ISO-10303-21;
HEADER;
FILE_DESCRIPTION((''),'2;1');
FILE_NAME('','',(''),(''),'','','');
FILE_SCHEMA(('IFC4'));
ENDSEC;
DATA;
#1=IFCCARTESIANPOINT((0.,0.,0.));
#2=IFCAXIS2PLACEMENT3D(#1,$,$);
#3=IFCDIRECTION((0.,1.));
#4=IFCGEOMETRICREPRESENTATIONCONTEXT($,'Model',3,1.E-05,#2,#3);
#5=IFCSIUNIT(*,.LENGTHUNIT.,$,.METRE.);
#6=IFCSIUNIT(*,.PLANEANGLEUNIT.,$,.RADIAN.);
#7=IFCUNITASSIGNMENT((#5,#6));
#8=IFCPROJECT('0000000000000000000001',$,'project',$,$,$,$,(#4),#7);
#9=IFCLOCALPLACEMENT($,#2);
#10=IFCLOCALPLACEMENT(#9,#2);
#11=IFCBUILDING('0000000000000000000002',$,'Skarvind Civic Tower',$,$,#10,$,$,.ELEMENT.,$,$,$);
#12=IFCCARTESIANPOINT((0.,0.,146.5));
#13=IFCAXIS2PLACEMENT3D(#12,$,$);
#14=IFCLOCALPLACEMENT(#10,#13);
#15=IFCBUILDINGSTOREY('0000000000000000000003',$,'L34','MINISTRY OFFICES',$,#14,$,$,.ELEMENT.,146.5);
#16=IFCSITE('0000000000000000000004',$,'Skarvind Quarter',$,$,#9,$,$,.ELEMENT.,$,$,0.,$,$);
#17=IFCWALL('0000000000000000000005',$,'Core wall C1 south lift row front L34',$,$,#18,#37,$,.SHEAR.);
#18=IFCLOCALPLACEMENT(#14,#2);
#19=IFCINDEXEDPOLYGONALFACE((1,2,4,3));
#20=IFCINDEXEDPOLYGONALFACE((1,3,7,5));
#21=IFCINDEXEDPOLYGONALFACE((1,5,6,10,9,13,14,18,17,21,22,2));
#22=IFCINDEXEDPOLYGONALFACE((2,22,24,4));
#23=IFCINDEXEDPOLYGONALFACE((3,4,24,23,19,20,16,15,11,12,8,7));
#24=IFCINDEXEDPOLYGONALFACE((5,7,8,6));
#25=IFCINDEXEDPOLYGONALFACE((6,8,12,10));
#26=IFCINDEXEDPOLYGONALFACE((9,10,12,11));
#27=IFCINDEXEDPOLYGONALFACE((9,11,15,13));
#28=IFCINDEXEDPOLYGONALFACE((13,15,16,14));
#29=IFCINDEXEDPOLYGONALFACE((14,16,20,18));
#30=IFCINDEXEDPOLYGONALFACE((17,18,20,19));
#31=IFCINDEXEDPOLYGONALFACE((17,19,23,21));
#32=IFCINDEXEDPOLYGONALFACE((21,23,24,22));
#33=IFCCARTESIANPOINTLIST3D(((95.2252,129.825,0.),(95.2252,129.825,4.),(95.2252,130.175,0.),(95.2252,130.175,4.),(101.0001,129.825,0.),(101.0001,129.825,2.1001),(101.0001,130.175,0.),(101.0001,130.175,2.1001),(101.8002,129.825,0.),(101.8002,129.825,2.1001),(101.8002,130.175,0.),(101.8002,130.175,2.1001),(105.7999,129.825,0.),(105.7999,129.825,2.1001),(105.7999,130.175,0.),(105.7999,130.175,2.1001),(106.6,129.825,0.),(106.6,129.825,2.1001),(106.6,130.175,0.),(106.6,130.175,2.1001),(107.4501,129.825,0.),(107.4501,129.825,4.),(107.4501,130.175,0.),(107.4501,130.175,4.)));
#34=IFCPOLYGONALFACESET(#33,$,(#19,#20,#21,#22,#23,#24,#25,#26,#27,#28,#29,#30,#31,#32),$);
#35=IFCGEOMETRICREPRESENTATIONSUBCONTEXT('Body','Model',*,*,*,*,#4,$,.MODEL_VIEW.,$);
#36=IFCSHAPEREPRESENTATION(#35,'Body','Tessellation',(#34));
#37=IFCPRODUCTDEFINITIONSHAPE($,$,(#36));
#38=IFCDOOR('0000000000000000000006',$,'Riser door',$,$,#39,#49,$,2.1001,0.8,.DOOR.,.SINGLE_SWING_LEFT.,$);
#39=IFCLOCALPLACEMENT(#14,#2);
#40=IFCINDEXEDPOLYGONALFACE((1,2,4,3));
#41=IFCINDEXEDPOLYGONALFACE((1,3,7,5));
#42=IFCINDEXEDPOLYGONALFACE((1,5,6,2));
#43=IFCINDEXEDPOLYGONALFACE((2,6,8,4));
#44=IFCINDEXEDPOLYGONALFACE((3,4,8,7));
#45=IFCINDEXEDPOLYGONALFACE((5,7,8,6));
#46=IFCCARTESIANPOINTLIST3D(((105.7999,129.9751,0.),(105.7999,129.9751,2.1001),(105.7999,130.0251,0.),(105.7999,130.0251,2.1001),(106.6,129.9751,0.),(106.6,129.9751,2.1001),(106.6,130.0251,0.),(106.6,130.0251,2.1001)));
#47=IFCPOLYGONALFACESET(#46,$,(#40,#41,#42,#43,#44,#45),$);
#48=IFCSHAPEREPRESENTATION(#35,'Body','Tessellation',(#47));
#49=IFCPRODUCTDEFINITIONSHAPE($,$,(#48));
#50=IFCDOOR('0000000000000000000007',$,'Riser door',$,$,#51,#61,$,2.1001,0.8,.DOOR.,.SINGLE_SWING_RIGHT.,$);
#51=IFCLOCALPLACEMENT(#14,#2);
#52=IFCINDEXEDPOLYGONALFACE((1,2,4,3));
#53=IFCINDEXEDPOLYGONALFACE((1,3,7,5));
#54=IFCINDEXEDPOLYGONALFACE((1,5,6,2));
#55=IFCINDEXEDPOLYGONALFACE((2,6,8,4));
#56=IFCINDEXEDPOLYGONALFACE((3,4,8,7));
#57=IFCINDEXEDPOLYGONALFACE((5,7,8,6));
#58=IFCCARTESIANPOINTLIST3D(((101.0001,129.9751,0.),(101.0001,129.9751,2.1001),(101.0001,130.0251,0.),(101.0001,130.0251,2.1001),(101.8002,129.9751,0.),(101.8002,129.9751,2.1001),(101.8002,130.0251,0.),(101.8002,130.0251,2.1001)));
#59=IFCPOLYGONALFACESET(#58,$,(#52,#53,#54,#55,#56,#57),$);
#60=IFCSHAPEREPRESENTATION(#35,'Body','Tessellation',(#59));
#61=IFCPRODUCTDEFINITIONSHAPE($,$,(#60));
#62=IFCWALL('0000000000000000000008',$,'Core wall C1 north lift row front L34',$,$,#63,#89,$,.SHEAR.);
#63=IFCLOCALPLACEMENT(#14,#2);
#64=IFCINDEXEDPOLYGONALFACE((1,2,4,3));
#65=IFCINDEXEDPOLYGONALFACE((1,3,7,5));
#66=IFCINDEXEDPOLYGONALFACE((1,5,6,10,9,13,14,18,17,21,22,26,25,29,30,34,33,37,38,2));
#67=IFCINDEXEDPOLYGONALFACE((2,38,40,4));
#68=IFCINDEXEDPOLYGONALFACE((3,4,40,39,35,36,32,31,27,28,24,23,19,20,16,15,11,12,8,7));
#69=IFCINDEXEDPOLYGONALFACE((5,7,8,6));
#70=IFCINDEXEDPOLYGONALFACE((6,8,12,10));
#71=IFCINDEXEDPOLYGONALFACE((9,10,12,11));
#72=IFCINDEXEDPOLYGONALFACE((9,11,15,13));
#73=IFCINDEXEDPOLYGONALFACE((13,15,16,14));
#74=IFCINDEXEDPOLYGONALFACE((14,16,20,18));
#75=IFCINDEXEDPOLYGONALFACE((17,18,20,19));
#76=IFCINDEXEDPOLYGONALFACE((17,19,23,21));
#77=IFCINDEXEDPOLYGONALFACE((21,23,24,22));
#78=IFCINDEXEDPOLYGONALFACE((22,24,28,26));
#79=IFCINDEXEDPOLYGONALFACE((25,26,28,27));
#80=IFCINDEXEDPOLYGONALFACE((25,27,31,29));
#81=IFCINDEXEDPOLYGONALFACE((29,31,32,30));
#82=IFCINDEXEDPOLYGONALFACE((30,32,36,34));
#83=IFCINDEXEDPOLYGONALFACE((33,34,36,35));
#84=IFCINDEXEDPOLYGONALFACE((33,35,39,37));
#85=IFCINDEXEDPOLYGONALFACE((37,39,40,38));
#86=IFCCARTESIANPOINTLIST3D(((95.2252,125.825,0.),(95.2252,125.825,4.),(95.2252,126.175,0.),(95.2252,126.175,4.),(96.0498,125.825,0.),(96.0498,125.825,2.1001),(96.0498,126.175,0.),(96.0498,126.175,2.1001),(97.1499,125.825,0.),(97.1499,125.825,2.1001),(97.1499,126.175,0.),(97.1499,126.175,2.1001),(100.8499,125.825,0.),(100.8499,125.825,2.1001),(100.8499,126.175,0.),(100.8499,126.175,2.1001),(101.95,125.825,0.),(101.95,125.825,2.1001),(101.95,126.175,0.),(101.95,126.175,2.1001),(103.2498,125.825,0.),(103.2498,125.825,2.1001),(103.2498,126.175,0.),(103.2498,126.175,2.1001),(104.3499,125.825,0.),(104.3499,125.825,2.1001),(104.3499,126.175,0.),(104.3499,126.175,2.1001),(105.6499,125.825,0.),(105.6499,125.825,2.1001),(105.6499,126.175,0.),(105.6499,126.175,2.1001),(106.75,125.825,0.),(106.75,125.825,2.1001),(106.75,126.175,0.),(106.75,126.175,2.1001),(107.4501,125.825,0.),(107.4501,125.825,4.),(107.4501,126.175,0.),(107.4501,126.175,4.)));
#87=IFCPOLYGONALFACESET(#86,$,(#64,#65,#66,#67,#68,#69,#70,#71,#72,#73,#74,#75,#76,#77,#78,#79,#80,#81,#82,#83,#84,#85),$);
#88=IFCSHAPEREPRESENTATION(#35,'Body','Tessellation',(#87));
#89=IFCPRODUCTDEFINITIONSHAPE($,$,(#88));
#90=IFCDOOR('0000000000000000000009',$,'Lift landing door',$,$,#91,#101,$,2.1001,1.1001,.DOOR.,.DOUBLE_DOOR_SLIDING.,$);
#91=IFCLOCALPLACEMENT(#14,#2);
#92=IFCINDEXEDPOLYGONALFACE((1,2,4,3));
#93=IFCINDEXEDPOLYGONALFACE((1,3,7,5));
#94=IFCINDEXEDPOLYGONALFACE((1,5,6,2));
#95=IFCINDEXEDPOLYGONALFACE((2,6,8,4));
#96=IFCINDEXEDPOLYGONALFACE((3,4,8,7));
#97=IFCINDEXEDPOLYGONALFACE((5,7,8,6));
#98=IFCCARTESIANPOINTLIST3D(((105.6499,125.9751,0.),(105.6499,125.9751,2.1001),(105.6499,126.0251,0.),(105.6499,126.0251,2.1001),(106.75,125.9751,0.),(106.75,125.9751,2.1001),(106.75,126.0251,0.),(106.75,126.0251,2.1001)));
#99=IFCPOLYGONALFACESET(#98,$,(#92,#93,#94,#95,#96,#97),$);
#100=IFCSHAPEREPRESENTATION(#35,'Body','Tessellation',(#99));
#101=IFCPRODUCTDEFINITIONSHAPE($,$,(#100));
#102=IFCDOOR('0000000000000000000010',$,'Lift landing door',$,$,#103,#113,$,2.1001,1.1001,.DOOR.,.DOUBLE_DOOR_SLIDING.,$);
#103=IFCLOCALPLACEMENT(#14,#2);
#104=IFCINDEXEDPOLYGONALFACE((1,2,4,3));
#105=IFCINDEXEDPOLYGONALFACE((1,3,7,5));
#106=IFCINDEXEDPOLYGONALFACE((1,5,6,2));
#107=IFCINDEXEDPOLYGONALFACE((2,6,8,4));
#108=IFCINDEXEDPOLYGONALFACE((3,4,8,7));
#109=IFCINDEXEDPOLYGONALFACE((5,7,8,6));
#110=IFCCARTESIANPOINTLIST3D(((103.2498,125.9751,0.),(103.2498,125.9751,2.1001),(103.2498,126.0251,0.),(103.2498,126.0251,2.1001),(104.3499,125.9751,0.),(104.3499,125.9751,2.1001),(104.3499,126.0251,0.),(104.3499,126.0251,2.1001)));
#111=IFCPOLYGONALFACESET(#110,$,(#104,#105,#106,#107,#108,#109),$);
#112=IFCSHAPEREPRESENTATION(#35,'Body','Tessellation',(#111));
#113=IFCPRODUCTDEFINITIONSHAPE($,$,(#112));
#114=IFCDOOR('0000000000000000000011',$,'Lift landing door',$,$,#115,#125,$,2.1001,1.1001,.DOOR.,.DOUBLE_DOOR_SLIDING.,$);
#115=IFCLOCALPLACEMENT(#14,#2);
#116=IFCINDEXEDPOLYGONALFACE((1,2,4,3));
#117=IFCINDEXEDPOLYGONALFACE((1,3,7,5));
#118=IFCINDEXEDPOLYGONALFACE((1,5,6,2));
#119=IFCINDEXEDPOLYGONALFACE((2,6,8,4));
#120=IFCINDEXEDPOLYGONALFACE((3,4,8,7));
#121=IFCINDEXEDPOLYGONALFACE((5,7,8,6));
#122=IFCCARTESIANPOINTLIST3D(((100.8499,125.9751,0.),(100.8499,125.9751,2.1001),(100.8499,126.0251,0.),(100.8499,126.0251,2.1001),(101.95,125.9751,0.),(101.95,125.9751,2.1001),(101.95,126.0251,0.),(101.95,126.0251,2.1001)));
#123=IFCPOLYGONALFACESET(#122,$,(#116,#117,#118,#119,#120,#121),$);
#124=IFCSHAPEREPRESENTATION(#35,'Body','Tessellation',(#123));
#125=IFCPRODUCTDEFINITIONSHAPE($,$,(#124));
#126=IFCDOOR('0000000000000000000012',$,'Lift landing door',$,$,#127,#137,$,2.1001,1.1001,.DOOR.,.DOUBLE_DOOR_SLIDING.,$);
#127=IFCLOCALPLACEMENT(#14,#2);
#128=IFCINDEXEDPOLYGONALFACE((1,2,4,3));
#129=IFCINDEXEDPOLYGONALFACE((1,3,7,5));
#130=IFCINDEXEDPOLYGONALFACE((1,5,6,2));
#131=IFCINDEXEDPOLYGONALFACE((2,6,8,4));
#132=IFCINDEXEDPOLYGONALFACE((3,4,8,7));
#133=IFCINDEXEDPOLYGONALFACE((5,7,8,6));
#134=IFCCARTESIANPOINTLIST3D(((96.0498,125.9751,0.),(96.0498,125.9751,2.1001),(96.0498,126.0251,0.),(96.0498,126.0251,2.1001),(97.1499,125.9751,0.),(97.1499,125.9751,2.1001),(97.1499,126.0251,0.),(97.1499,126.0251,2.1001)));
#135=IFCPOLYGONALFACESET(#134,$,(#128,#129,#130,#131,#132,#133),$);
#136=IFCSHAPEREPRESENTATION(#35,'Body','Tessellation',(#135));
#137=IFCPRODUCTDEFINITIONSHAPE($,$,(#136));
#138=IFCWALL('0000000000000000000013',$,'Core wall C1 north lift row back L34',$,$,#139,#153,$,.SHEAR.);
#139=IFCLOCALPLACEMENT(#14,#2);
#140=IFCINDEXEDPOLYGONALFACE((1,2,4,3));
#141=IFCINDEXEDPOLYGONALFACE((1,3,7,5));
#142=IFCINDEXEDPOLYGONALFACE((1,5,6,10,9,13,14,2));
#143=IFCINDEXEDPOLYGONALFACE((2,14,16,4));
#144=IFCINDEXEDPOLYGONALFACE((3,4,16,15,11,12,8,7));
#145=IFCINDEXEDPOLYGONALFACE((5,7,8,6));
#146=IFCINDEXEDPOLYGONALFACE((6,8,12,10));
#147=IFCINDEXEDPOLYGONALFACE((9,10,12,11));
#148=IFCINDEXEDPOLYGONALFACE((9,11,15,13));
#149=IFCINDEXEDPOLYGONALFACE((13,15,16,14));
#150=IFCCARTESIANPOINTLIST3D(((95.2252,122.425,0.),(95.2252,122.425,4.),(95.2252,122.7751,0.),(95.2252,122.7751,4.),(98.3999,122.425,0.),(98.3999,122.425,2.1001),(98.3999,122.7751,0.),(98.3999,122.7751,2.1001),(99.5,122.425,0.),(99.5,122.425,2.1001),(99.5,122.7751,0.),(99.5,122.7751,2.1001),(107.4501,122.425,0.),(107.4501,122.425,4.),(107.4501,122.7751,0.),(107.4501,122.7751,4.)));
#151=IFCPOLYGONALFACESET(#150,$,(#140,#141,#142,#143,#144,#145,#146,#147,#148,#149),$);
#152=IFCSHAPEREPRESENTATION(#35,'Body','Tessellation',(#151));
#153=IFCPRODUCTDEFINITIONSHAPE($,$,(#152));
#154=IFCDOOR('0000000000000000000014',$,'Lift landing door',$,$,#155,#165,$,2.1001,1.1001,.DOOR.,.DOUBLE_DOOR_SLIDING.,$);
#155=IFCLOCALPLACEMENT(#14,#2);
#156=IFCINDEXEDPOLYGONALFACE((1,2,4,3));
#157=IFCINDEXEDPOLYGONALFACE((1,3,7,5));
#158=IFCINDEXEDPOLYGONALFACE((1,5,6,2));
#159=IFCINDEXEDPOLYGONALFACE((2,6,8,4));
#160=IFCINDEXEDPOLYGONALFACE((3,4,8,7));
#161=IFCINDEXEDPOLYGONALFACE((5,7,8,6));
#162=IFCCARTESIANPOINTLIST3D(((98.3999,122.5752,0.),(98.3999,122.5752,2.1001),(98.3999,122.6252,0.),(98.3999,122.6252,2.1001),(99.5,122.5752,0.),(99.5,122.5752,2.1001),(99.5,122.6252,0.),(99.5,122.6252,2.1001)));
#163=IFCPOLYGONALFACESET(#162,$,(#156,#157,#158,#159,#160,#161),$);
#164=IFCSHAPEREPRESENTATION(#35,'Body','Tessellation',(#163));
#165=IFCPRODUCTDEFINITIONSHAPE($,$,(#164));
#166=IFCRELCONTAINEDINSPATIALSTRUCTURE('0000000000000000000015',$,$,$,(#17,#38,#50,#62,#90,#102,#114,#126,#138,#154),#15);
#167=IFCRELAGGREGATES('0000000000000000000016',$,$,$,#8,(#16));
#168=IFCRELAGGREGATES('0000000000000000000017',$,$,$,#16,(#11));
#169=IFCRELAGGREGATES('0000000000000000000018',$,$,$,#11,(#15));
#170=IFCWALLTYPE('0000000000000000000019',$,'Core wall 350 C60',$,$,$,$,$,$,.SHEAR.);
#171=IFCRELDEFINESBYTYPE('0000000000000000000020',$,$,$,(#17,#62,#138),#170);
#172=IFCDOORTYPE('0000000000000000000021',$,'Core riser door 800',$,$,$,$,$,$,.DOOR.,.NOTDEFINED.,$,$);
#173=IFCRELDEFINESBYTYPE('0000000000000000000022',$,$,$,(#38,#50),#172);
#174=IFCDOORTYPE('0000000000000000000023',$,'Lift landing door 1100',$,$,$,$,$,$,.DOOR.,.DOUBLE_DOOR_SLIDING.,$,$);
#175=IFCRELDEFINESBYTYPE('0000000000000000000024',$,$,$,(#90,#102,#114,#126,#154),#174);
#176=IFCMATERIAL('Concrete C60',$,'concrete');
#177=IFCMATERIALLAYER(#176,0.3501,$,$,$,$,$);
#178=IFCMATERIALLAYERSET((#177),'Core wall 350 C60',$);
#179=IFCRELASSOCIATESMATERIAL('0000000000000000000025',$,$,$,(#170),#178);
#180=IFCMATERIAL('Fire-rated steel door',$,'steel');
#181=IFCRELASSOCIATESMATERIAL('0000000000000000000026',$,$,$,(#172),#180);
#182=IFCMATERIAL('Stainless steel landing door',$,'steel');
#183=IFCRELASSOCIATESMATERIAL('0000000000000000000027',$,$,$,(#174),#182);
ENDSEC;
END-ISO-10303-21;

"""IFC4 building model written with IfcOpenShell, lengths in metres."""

from ifc_helpers import new_model, si_unit, direction, frame, frame_2d, origin, place, context, subcontext, project, spatial, rectangle, extrude, material, layer, layer_set, type_object, element, fill, save


model = new_model("IFC4")

# Units and contexts
model_context = context("Model", 3, precision=1e-05, world=origin(), true_north=direction((0.0, 1.0)))
body_context = subcontext(model_context, "Body", "Model", "MODEL_VIEW")
ifc_project = project(units=[si_unit("LENGTHUNIT", "METRE"), si_unit("PLANEANGLEUNIT", "RADIAN")], contexts=[model_context])

# Site, building, storey
site_placement = place(None, origin())
site = spatial("IfcSite", under=ifc_project, at=site_placement, Name="Skarvind Quarter", CompositionType="ELEMENT", RefElevation=0.0)
building_placement = place(site_placement, origin())
building = spatial("IfcBuilding", under=site, at=building_placement, Name="Skarvind Civic Tower", CompositionType="ELEMENT")
storey_placement = place(building_placement, frame((0.0, 0.0, 146.5)))
storey = spatial("IfcBuildingStorey", under=building, at=storey_placement, Name="L34", Description="MINISTRY OFFICES", CompositionType="ELEMENT", Elevation=146.5)

# Walls, openings, doors
ifc_material_1 = material(Name="Concrete C60", Category="concrete")
ifc_layer_1 = layer(ifc_material_1, 0.3501)
ifc_layer_set_1 = layer_set([ifc_layer_1], Name="Core wall 350 C60")
wall_type_1 = type_object("IfcWallType", Name="Core wall 350 C60", PredefinedType="SHEAR", material=ifc_layer_set_1)
wall_1_placement = place(storey_placement, frame((107.45, 130.0, 0.0), z_axis=(0.0, 0.0, 1.0), x_axis=(-1.0, 0.0, 0.0)))
wall_1 = element("IfcWall", 1, at=wall_1_placement, inside=storey, type_object=wall_type_1, Name="Core wall C1 south lift row front L34", PredefinedType="SHEAR", context=body_context, shape_type="SweptSolid", body=[
    extrude(rectangle(XDim=12.2249, YDim=0.3501, at=frame_2d((6.1123, 0.0))), origin(), (0.0, 0.0, 1.0), 4.0),
])
opening_1_placement = place(wall_1_placement, frame((0.8501, 0.0, 0.0)))
opening_1 = element("IfcOpeningElement", 2, at=opening_1_placement, cuts=wall_1, PredefinedType="OPENING", context=body_context, shape_type="SweptSolid", body=[
    extrude(rectangle(XDim=0.8, YDim=2.1001, at=frame_2d((0.3999, 1.05))), frame((0.0, 0.1851, 0.0), z_axis=(0.0, -1.0, 0.0), x_axis=(1.0, 0.0, 0.0)), (0.0, 0.0, 1.0), 0.3701),
])
opening_2_placement = place(wall_1_placement, frame((5.6499, 0.0, 0.0)))
opening_2 = element("IfcOpeningElement", 3, at=opening_2_placement, cuts=wall_1, PredefinedType="OPENING", context=body_context, shape_type="SweptSolid", body=[
    extrude(rectangle(XDim=0.8, YDim=2.1001, at=frame_2d((0.3999, 1.05))), frame((0.0, 0.1851, 0.0), z_axis=(0.0, -1.0, 0.0), x_axis=(1.0, 0.0, 0.0)), (0.0, 0.0, 1.0), 0.3701),
])
ifc_material_2 = material(Name="Fire-rated steel door", Category="steel")
door_type_1 = type_object("IfcDoorType", Name="Core riser door 800", OperationType="NOTDEFINED", PredefinedType="DOOR", material=ifc_material_2)
door_1_placement = place(opening_1_placement, origin())
door_1 = element("IfcDoor", 4, at=door_1_placement, inside=storey, type_object=door_type_1, Name="Riser door", OperationType="SINGLE_SWING_LEFT", OverallHeight=2.1001, OverallWidth=0.8, PredefinedType="DOOR", context=body_context, shape_type="SweptSolid", body=[
    extrude(rectangle(XDim=0.8, YDim=2.1001, at=frame_2d((0.3999, 1.05))), frame((0.0, 0.0249, 0.0), z_axis=(0.0, -1.0, 0.0), x_axis=(1.0, 0.0, 0.0)), (0.0, 0.0, 1.0), 0.05),
])
fill(opening_1, door_1)
door_2_placement = place(opening_2_placement, origin())
door_2 = element("IfcDoor", 5, at=door_2_placement, inside=storey, type_object=door_type_1, Name="Riser door", OperationType="SINGLE_SWING_RIGHT", OverallHeight=2.1001, OverallWidth=0.8, PredefinedType="DOOR", context=body_context, shape_type="SweptSolid", body=[
    extrude(rectangle(XDim=0.8, YDim=2.1001, at=frame_2d((0.3999, 1.05))), frame((0.0, 0.0249, 0.0), z_axis=(0.0, -1.0, 0.0), x_axis=(1.0, 0.0, 0.0)), (0.0, 0.0, 1.0), 0.05),
])
fill(opening_2, door_2)
wall_2_placement = place(storey_placement, frame((107.45, 126.0, 0.0), z_axis=(0.0, 0.0, 1.0), x_axis=(-1.0, 0.0, 0.0)))
wall_2 = element("IfcWall", 6, at=wall_2_placement, inside=storey, type_object=wall_type_1, Name="Core wall C1 north lift row front L34", PredefinedType="SHEAR", context=body_context, shape_type="SweptSolid", body=[
    extrude(rectangle(XDim=12.2249, YDim=0.3501, at=frame_2d((6.1123, 0.0))), origin(), (0.0, 0.0, 1.0), 4.0),
])
opening_3_placement = place(wall_2_placement, frame((0.7, 0.0, 0.0)))
opening_3 = element("IfcOpeningElement", 7, at=opening_3_placement, cuts=wall_2, PredefinedType="OPENING", context=body_context, shape_type="SweptSolid", body=[
    extrude(rectangle(XDim=1.1001, YDim=2.1001, at=frame_2d((0.55, 1.05))), frame((0.0, 0.1851, 0.0), z_axis=(0.0, -1.0, 0.0), x_axis=(1.0, 0.0, 0.0)), (0.0, 0.0, 1.0), 0.3701),
])
opening_4_placement = place(wall_2_placement, frame((3.1001, 0.0, 0.0)))
opening_4 = element("IfcOpeningElement", 8, at=opening_4_placement, cuts=wall_2, PredefinedType="OPENING", context=body_context, shape_type="SweptSolid", body=[
    extrude(rectangle(XDim=1.1001, YDim=2.1001, at=frame_2d((0.55, 1.05))), frame((0.0, 0.1851, 0.0), z_axis=(0.0, -1.0, 0.0), x_axis=(1.0, 0.0, 0.0)), (0.0, 0.0, 1.0), 0.3701),
])
opening_5_placement = place(wall_2_placement, frame((5.5, 0.0, 0.0)))
opening_5 = element("IfcOpeningElement", 9, at=opening_5_placement, cuts=wall_2, PredefinedType="OPENING", context=body_context, shape_type="SweptSolid", body=[
    extrude(rectangle(XDim=1.1001, YDim=2.1001, at=frame_2d((0.55, 1.05))), frame((0.0, 0.1851, 0.0), z_axis=(0.0, -1.0, 0.0), x_axis=(1.0, 0.0, 0.0)), (0.0, 0.0, 1.0), 0.3701),
])
opening_6_placement = place(wall_2_placement, frame((10.3, 0.0, 0.0)))
opening_6 = element("IfcOpeningElement", 10, at=opening_6_placement, cuts=wall_2, PredefinedType="OPENING", context=body_context, shape_type="SweptSolid", body=[
    extrude(rectangle(XDim=1.1001, YDim=2.1001, at=frame_2d((0.55, 1.05))), frame((0.0, 0.1851, 0.0), z_axis=(0.0, -1.0, 0.0), x_axis=(1.0, 0.0, 0.0)), (0.0, 0.0, 1.0), 0.3701),
])
ifc_material_3 = material(Name="Stainless steel landing door", Category="steel")
door_type_2 = type_object("IfcDoorType", Name="Lift landing door 1100", OperationType="DOUBLE_DOOR_SLIDING", PredefinedType="DOOR", material=ifc_material_3)
door_3_placement = place(opening_3_placement, origin())
door_3 = element("IfcDoor", 11, at=door_3_placement, inside=storey, type_object=door_type_2, Name="Lift landing door", OperationType="DOUBLE_DOOR_SLIDING", OverallHeight=2.1001, OverallWidth=1.1001, PredefinedType="DOOR", context=body_context, shape_type="SweptSolid", body=[
    extrude(rectangle(XDim=1.1001, YDim=2.1001, at=frame_2d((0.55, 1.05))), frame((0.0, 0.0249, 0.0), z_axis=(0.0, -1.0, 0.0), x_axis=(1.0, 0.0, 0.0)), (0.0, 0.0, 1.0), 0.05),
])
fill(opening_3, door_3)
door_4_placement = place(opening_4_placement, origin())
door_4 = element("IfcDoor", 12, at=door_4_placement, inside=storey, type_object=door_type_2, Name="Lift landing door", OperationType="DOUBLE_DOOR_SLIDING", OverallHeight=2.1001, OverallWidth=1.1001, PredefinedType="DOOR", context=body_context, shape_type="SweptSolid", body=[
    extrude(rectangle(XDim=1.1001, YDim=2.1001, at=frame_2d((0.55, 1.05))), frame((0.0, 0.0249, 0.0), z_axis=(0.0, -1.0, 0.0), x_axis=(1.0, 0.0, 0.0)), (0.0, 0.0, 1.0), 0.05),
])
fill(opening_4, door_4)
door_5_placement = place(opening_5_placement, origin())
door_5 = element("IfcDoor", 13, at=door_5_placement, inside=storey, type_object=door_type_2, Name="Lift landing door", OperationType="DOUBLE_DOOR_SLIDING", OverallHeight=2.1001, OverallWidth=1.1001, PredefinedType="DOOR", context=body_context, shape_type="SweptSolid", body=[
    extrude(rectangle(XDim=1.1001, YDim=2.1001, at=frame_2d((0.55, 1.05))), frame((0.0, 0.0249, 0.0), z_axis=(0.0, -1.0, 0.0), x_axis=(1.0, 0.0, 0.0)), (0.0, 0.0, 1.0), 0.05),
])
fill(opening_5, door_5)
door_6_placement = place(opening_6_placement, origin())
door_6 = element("IfcDoor", 14, at=door_6_placement, inside=storey, type_object=door_type_2, Name="Lift landing door", OperationType="DOUBLE_DOOR_SLIDING", OverallHeight=2.1001, OverallWidth=1.1001, PredefinedType="DOOR", context=body_context, shape_type="SweptSolid", body=[
    extrude(rectangle(XDim=1.1001, YDim=2.1001, at=frame_2d((0.55, 1.05))), frame((0.0, 0.0249, 0.0), z_axis=(0.0, -1.0, 0.0), x_axis=(1.0, 0.0, 0.0)), (0.0, 0.0, 1.0), 0.05),
])
fill(opening_6, door_6)

# Wall, opening, door
wall_3_placement = place(storey_placement, frame((107.45, 122.6001, 0.0), z_axis=(0.0, 0.0, 1.0), x_axis=(-1.0, 0.0, 0.0)))
wall_3 = element("IfcWall", 15, at=wall_3_placement, inside=storey, type_object=wall_type_1, Name="Core wall C1 north lift row back L34", PredefinedType="SHEAR", context=body_context, shape_type="SweptSolid", body=[
    extrude(rectangle(XDim=12.2249, YDim=0.3501, at=frame_2d((6.1123, 0.0))), origin(), (0.0, 0.0, 1.0), 4.0),
])
opening_7_placement = place(wall_3_placement, frame((7.95, 0.0, 0.0)))
opening_7 = element("IfcOpeningElement", 16, at=opening_7_placement, cuts=wall_3, PredefinedType="OPENING", context=body_context, shape_type="SweptSolid", body=[
    extrude(rectangle(XDim=1.1001, YDim=2.1001, at=frame_2d((0.55, 1.05))), frame((0.0, 0.1851, 0.0), z_axis=(0.0, -1.0, 0.0), x_axis=(1.0, 0.0, 0.0)), (0.0, 0.0, 1.0), 0.3701),
])
door_7_placement = place(opening_7_placement, origin())
door_7 = element("IfcDoor", 17, at=door_7_placement, inside=storey, type_object=door_type_2, Name="Lift landing door", OperationType="DOUBLE_DOOR_SLIDING", OverallHeight=2.1001, OverallWidth=1.1001, PredefinedType="DOOR", context=body_context, shape_type="SweptSolid", body=[
    extrude(rectangle(XDim=1.1001, YDim=2.1001, at=frame_2d((0.55, 1.05))), frame((0.0, 0.0249, 0.0), z_axis=(0.0, -1.0, 0.0), x_axis=(1.0, 0.0, 0.0)), (0.0, 0.0, 1.0), 0.05),
])
fill(opening_7, door_7)

save(model, "model.ifc")
